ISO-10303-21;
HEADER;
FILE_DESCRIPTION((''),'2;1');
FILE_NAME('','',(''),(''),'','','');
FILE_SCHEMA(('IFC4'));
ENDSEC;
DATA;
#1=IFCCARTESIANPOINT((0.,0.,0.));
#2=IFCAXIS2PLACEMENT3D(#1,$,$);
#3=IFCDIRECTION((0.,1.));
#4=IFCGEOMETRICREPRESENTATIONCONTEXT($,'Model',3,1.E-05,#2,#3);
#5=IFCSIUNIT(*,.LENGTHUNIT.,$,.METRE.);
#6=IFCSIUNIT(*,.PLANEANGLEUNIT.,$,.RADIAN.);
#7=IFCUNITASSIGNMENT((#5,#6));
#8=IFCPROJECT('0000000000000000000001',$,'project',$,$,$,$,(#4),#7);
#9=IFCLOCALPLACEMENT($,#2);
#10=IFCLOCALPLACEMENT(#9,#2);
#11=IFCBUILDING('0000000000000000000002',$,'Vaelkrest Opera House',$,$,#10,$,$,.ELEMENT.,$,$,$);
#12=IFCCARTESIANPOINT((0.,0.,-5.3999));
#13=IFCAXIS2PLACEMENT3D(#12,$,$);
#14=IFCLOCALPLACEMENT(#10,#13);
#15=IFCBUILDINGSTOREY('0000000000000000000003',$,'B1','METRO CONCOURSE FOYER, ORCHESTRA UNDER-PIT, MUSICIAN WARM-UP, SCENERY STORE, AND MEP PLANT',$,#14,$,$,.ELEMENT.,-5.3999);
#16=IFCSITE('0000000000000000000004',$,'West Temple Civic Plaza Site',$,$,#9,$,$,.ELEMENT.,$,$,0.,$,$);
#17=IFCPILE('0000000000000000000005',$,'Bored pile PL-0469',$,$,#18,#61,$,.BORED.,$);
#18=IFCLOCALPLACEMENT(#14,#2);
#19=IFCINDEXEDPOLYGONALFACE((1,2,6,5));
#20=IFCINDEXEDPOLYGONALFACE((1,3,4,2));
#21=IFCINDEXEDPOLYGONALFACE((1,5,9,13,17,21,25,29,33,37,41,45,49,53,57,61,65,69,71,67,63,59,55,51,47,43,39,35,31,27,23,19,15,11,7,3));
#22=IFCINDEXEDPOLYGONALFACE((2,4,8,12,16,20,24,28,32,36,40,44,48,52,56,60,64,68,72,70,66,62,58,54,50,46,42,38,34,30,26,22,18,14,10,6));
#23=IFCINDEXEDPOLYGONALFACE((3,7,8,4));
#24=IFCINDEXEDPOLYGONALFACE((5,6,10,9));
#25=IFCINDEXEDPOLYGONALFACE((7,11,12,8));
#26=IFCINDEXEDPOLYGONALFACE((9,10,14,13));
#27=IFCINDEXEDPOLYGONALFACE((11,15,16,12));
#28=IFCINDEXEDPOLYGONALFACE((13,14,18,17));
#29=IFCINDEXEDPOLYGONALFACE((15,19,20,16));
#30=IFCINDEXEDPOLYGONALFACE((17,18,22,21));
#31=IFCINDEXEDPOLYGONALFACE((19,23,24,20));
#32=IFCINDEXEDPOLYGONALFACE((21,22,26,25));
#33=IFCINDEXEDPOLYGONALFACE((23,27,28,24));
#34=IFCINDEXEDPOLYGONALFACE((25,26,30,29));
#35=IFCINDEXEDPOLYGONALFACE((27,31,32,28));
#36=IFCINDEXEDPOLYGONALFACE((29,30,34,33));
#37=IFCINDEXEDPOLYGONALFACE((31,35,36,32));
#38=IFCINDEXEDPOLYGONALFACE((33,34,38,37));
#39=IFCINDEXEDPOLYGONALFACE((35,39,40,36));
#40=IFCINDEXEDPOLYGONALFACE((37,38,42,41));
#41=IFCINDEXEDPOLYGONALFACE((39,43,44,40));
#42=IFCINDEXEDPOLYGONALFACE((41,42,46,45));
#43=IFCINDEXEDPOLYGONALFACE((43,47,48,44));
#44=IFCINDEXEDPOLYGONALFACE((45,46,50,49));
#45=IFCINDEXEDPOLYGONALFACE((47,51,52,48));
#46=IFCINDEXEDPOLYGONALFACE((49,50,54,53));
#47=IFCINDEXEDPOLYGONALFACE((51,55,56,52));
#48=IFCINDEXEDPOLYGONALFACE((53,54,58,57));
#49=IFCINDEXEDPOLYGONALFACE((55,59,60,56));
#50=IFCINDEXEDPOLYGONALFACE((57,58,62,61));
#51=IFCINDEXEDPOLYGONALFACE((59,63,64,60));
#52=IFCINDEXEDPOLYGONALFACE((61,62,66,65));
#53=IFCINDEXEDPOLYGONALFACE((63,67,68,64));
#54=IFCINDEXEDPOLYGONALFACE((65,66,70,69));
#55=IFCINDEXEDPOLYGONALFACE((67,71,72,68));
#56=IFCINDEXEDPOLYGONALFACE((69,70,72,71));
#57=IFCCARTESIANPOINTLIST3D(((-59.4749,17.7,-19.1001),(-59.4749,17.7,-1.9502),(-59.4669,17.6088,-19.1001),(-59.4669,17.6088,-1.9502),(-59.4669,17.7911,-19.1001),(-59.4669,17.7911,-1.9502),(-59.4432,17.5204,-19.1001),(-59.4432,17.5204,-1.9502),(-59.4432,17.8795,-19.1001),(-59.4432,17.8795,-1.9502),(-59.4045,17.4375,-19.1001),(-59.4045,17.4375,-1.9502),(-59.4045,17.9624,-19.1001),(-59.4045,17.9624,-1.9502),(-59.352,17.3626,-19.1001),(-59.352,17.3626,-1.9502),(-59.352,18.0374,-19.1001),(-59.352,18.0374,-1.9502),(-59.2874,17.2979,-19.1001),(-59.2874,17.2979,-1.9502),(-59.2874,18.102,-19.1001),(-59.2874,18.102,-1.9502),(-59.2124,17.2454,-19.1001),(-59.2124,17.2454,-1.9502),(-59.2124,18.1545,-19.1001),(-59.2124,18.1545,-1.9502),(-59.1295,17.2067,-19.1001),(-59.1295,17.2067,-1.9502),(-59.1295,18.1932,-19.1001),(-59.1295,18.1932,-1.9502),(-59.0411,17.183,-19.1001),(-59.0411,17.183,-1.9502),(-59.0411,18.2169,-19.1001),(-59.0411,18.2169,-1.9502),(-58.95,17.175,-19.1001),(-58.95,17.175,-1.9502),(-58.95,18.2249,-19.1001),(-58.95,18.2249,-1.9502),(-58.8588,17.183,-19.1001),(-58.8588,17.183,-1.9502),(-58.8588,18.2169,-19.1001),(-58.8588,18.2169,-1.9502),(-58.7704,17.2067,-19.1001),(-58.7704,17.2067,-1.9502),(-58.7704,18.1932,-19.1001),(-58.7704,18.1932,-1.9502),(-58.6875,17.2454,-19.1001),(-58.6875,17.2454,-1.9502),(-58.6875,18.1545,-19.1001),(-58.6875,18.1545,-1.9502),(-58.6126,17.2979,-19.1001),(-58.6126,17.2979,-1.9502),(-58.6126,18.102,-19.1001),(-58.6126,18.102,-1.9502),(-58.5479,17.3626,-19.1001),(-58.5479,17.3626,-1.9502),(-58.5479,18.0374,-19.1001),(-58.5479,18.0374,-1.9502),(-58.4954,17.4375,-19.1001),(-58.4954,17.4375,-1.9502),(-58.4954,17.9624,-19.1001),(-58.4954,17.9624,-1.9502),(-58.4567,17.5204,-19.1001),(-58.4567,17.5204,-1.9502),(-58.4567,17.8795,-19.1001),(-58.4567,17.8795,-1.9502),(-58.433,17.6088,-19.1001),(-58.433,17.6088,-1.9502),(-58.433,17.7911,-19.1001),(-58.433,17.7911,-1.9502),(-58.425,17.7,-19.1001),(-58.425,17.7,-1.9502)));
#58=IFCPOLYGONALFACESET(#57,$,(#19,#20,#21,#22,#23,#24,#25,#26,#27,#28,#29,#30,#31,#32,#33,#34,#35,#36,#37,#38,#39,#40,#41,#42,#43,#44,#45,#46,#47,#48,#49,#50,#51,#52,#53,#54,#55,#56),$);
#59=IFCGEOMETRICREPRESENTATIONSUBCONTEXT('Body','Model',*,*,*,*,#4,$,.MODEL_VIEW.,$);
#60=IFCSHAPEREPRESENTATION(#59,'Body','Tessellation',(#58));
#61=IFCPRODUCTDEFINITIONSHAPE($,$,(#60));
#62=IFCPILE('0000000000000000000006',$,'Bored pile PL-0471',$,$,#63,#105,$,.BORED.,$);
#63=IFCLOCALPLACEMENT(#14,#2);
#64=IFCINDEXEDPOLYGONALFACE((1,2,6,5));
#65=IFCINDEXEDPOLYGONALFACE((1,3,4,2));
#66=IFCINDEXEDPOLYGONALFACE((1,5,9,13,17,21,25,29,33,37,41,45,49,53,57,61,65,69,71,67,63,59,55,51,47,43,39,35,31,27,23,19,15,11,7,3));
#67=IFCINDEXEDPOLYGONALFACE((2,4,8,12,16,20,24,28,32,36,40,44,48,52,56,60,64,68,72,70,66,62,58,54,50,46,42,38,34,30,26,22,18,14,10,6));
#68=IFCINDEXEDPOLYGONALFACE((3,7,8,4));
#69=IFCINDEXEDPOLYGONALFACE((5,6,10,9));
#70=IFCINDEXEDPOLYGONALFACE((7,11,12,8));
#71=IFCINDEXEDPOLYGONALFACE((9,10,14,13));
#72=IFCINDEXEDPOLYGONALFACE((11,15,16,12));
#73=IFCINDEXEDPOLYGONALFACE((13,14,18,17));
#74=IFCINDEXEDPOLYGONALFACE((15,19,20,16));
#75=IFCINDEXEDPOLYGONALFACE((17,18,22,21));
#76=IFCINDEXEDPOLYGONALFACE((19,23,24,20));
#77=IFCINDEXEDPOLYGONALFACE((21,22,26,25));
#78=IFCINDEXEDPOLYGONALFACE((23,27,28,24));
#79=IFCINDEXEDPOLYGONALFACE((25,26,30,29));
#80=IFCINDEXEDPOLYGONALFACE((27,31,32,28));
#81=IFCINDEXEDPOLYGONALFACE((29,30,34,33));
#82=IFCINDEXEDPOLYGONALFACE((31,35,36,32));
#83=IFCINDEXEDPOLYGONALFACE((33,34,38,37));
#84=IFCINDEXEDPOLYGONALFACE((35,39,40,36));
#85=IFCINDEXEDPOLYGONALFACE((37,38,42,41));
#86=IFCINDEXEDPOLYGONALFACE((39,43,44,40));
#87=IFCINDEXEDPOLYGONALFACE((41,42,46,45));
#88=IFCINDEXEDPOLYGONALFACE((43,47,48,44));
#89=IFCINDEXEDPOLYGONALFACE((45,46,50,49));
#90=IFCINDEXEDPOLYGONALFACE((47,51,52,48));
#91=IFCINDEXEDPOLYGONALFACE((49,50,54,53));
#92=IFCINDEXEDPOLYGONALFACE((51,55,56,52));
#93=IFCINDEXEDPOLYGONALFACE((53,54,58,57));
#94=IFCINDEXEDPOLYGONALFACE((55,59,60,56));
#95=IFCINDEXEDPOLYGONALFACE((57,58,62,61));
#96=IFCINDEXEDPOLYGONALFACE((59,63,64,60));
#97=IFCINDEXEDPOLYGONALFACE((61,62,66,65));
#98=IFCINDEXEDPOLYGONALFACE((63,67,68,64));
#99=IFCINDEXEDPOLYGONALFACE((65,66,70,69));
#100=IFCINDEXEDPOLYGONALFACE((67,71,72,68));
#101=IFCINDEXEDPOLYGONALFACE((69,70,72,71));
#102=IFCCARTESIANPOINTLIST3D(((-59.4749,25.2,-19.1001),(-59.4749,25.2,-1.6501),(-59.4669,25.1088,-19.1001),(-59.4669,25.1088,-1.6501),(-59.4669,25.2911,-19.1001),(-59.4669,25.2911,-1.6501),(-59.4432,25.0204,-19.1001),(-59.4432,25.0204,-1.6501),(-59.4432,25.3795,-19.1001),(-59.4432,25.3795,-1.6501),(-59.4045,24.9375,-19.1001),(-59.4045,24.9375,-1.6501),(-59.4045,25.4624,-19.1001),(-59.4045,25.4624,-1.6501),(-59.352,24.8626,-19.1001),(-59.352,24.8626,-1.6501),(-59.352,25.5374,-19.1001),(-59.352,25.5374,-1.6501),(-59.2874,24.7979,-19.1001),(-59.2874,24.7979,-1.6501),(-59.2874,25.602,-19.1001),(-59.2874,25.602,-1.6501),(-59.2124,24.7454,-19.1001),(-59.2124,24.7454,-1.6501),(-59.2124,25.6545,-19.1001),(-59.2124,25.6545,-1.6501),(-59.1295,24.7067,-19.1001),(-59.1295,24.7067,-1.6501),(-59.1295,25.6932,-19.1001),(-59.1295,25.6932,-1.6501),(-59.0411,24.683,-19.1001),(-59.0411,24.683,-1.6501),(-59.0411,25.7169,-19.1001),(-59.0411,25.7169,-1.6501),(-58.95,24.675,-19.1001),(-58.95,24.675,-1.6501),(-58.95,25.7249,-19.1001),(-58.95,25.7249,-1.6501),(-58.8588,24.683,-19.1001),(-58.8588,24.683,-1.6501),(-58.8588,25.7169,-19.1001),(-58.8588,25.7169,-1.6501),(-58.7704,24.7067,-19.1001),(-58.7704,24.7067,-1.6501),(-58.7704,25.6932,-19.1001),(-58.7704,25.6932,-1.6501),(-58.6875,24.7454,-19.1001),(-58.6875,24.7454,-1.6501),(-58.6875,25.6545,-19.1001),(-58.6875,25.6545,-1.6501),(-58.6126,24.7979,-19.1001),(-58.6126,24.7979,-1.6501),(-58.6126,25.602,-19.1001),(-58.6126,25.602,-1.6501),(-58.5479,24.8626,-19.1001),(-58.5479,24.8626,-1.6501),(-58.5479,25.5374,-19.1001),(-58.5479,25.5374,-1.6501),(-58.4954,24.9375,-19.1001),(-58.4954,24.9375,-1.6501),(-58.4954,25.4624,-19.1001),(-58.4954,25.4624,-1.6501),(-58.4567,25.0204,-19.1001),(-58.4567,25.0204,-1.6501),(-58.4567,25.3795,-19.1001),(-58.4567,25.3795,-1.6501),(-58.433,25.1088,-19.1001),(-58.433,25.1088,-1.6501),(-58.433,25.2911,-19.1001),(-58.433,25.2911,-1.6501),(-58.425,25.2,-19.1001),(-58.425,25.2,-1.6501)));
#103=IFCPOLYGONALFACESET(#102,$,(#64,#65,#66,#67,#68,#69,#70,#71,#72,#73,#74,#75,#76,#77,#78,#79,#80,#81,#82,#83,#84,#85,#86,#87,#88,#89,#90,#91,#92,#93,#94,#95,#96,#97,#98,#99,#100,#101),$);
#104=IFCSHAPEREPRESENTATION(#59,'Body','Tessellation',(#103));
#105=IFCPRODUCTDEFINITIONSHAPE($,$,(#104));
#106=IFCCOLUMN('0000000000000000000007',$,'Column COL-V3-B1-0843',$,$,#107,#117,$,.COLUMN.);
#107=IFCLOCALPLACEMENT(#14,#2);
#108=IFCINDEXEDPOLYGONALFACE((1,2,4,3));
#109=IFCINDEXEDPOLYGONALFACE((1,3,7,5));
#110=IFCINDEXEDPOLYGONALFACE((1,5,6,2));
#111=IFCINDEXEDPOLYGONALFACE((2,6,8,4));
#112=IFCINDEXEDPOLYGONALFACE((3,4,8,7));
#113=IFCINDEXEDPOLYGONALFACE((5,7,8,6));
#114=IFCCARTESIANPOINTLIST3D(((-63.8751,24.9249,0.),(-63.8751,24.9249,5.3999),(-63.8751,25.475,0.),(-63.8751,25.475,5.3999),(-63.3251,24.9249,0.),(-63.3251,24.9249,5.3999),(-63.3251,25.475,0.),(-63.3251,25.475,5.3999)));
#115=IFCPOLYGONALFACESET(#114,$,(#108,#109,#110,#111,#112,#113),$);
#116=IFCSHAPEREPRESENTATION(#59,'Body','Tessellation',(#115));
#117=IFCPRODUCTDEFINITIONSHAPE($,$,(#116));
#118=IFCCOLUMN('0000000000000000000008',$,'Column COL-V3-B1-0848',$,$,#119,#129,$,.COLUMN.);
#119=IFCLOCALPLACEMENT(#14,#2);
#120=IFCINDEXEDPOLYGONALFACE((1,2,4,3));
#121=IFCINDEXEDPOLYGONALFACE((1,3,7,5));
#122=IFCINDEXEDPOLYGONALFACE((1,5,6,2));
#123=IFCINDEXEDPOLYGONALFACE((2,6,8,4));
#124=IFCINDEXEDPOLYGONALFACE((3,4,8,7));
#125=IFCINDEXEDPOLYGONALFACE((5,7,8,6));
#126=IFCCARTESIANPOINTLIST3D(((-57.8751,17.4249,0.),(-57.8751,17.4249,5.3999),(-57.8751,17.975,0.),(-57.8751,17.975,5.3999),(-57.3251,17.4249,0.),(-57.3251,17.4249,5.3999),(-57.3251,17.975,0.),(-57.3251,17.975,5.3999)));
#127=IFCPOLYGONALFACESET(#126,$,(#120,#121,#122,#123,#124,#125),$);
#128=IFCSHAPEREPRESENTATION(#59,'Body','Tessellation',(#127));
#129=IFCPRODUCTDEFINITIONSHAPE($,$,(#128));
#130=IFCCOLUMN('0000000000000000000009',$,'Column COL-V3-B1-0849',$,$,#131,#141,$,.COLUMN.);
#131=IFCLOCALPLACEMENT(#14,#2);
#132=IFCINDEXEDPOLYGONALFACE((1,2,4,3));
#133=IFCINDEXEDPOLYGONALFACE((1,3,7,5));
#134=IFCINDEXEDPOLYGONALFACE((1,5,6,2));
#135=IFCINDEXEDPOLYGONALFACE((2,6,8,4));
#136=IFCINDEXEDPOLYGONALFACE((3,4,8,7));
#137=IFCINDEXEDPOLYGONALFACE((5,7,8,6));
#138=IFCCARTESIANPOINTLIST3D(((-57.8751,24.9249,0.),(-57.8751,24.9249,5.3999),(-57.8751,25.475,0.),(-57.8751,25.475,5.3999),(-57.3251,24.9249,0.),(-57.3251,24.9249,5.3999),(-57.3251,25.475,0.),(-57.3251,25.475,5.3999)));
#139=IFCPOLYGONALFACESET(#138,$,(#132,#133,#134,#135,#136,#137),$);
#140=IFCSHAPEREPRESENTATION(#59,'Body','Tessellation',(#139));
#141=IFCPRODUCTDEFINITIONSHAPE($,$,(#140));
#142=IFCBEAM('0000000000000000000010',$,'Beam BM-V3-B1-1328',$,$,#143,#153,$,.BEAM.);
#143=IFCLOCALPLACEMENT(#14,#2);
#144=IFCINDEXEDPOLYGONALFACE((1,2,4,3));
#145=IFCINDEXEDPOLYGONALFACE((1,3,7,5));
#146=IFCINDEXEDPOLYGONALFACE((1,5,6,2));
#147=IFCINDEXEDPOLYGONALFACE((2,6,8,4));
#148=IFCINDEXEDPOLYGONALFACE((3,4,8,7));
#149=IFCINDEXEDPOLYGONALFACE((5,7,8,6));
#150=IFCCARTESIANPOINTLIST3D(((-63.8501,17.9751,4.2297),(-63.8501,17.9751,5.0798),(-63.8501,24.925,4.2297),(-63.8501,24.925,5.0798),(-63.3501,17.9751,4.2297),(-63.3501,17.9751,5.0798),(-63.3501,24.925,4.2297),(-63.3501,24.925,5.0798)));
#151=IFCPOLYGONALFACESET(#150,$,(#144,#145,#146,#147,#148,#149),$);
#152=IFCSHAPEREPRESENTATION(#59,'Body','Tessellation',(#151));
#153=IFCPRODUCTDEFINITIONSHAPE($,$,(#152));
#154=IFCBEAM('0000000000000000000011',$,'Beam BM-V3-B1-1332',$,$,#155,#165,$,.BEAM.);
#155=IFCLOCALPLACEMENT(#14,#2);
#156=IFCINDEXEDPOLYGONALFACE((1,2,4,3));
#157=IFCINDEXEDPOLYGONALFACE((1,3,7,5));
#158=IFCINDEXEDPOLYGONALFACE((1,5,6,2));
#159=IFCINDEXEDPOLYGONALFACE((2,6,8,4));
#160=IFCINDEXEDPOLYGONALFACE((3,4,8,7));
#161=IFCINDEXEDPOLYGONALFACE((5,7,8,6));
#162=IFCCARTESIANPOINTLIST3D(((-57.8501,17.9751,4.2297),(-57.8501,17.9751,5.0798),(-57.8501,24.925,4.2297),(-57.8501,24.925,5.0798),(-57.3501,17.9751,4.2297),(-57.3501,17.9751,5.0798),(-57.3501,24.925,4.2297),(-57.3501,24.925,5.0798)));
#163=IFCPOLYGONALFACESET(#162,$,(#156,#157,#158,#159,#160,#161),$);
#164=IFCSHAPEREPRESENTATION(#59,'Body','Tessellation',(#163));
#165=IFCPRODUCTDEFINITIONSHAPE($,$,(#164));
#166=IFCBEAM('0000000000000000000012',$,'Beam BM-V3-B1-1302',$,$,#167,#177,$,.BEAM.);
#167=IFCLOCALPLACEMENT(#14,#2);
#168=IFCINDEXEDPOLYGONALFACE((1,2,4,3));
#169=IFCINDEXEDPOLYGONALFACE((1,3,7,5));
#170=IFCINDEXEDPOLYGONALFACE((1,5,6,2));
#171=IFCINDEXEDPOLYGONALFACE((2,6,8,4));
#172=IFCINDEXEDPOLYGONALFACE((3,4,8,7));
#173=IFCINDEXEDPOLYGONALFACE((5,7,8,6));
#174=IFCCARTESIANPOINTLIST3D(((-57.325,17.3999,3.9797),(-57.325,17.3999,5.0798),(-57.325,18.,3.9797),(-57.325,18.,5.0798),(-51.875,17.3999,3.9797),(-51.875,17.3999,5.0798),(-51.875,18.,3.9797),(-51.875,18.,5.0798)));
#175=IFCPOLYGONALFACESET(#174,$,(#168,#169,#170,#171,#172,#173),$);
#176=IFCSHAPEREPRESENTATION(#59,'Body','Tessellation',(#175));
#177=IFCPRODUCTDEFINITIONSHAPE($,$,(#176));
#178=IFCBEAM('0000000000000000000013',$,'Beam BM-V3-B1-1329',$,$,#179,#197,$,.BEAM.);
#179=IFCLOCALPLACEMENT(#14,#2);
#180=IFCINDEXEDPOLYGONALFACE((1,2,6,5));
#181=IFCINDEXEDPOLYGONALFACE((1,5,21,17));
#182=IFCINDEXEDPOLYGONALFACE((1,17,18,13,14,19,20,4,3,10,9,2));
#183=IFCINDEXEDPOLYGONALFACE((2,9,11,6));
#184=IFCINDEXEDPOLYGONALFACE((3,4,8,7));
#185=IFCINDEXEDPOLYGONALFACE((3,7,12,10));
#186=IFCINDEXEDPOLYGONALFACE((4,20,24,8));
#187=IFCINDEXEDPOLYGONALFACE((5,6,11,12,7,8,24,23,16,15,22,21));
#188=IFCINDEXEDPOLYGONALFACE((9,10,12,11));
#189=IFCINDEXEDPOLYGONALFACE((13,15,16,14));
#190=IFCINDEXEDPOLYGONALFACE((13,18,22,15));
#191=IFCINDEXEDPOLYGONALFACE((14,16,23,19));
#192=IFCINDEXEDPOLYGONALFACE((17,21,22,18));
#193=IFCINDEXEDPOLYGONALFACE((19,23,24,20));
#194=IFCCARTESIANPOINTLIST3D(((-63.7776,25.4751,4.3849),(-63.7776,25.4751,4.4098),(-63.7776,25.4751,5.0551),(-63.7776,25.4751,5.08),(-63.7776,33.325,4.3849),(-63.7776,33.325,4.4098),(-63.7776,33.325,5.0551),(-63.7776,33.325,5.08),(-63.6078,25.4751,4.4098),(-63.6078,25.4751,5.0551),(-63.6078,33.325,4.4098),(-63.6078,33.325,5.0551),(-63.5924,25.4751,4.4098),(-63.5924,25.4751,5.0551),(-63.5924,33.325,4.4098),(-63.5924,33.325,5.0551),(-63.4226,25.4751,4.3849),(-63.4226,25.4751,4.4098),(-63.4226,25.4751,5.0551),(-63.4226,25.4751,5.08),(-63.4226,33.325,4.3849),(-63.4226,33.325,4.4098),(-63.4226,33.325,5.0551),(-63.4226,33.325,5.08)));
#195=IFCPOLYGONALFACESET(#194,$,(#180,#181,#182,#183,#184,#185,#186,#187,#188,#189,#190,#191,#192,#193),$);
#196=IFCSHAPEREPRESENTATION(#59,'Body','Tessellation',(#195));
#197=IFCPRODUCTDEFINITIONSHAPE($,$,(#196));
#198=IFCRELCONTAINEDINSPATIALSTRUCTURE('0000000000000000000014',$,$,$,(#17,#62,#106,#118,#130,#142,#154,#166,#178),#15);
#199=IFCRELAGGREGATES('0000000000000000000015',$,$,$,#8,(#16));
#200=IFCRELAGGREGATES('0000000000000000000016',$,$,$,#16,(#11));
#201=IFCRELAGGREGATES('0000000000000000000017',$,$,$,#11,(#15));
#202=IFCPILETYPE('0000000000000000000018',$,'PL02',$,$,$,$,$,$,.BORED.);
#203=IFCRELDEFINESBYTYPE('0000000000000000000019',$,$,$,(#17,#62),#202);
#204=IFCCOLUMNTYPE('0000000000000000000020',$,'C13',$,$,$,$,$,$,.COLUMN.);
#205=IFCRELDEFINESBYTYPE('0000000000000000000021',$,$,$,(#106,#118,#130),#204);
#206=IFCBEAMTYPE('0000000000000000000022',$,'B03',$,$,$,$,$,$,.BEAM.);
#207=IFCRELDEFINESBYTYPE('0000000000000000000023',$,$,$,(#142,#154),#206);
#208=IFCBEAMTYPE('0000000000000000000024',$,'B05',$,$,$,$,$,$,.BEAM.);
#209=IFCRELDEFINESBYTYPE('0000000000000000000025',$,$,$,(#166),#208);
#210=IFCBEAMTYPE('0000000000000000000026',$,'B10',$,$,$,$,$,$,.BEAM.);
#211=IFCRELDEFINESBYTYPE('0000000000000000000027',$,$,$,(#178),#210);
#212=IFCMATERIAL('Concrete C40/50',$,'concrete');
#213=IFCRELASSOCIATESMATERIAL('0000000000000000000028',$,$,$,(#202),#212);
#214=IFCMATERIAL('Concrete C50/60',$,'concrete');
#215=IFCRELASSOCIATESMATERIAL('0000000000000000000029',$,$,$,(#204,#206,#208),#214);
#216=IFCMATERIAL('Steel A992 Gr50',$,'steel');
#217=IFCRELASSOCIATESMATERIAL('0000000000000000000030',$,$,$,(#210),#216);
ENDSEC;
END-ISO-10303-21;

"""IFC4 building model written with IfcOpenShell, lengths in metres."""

from ifc_helpers import new_model, si_unit, direction, frame, origin, origin_2d, place, context, subcontext, project, spatial, rectangle, circle, i_section, extrude, material, material_profile, profile_set, type_object, element, save


model = new_model("IFC4")

# Units and contexts
model_context = context("Model", 3, precision=1e-05, world=origin(), true_north=direction((0.0, 1.0)))
body_context = subcontext(model_context, "Body", "Model", "MODEL_VIEW")
ifc_project = project(units=[si_unit("LENGTHUNIT", "METRE"), si_unit("PLANEANGLEUNIT", "RADIAN")], contexts=[model_context])

# Site, building, storey
site_placement = place(None, origin())
site = spatial("IfcSite", under=ifc_project, at=site_placement, Name="West Temple Civic Plaza Site", CompositionType="ELEMENT", RefElevation=0.0)
building_placement = place(site_placement, origin())
building = spatial("IfcBuilding", under=site, at=building_placement, Name="Vaelkrest Opera House", CompositionType="ELEMENT")
storey_placement = place(building_placement, frame((0.0, 0.0, -5.3999)))
storey = spatial("IfcBuildingStorey", under=building, at=storey_placement, Name="B1", Description="METRO CONCOURSE FOYER, ORCHESTRA UNDER-PIT, MUSICIAN WARM-UP, SCENERY STORE, AND MEP PLANT", CompositionType="ELEMENT", Elevation=-5.3999)

# Shared definitions
ifc_material_1 = material(Name="Concrete C40/50", Category="concrete")

# Piles
ifc_material_profile_1 = material_profile(ifc_material_1, circle(Radius=0.5249, at=origin_2d()), Name="PILE1050")
ifc_profile_set_1 = profile_set([ifc_material_profile_1], Name="Concrete C40/50")
pile_type = type_object("IfcPileType", Name="PL02", PredefinedType="BORED", material=ifc_profile_set_1)
pile_1_placement = place(storey_placement, frame((-58.95, 17.7, -1.9502), z_axis=(0.0, 0.0, -1.0), x_axis=(1.0, 0.0, 0.0)))
element("IfcPile", 1, at=pile_1_placement, inside=storey, type_object=pile_type, Name="Bored pile PL-0469", PredefinedType="BORED", context=body_context, shape_type="SweptSolid", body=[
    extrude(circle(Radius=0.5249, at=origin_2d()), origin(), (0.0, 0.0, 1.0), 17.1499),
])
pile_2_placement = place(storey_placement, frame((-58.95, 25.2, -1.6501), z_axis=(0.0, 0.0, -1.0), x_axis=(1.0, 0.0, 0.0)))
element("IfcPile", 2, at=pile_2_placement, inside=storey, type_object=pile_type, Name="Bored pile PL-0471", PredefinedType="BORED", context=body_context, shape_type="SweptSolid", body=[
    extrude(circle(Radius=0.5249, at=origin_2d()), origin(), (0.0, 0.0, 1.0), 17.45),
])

# Columns
ifc_material_2 = material(Name="Concrete C50/60", Category="concrete")
ifc_material_profile_2 = material_profile(ifc_material_2, rectangle(XDim=0.55, YDim=0.55, at=origin_2d()), Name="RC550X550")
ifc_profile_set_2 = profile_set([ifc_material_profile_2], Name="Concrete C50/60")
column_type = type_object("IfcColumnType", Name="C13", PredefinedType="COLUMN", material=ifc_profile_set_2)
for number, where, z_axis, x_axis, name in (
    (3, (-63.6001, 25.2, 0.0), (0.0, 0.0, 1.0), (1.0, 0.0, 0.0), "Column COL-V3-B1-0843"),
    (4, (-57.6001, 17.7, 0.0), (0.0, 0.0, 1.0), (1.0, 0.0, 0.0), "Column COL-V3-B1-0848"),
    (5, (-57.6001, 25.2, 0.0), (0.0, 0.0, 1.0), (1.0, 0.0, 0.0), "Column COL-V3-B1-0849"),
):
    element("IfcColumn", number, at=place(storey_placement, frame(where, z_axis=z_axis, x_axis=x_axis)), inside=storey, type_object=column_type, Name=name, PredefinedType="COLUMN", context=body_context, shape_type="SweptSolid", body=[
        extrude(rectangle(XDim=0.55, YDim=0.55, at=origin_2d()), origin(), (0.0, 0.0, 1.0), 5.3999),
    ])

# Beams
ifc_material_profile_3 = material_profile(ifc_material_2, rectangle(XDim=0.5, YDim=0.8501, at=origin_2d()), Name="RCB500X850")
ifc_profile_set_3 = profile_set([ifc_material_profile_3], Name="Concrete C50/60")
beam_type_1 = type_object("IfcBeamType", Name="B03", PredefinedType="BEAM", material=ifc_profile_set_3)
for number, where, z_axis, x_axis, name in (
    (6, (-63.6001, 17.9751, 4.6548), (0.0, 1.0, 0.0), (-1.0, 0.0, 0.0), "Beam BM-V3-B1-1328"),
    (7, (-57.6001, 17.9751, 4.6548), (0.0, 1.0, 0.0), (-1.0, 0.0, 0.0), "Beam BM-V3-B1-1332"),
):
    element("IfcBeam", number, at=place(storey_placement, frame(where, z_axis=z_axis, x_axis=x_axis)), inside=storey, type_object=beam_type_1, Name=name, PredefinedType="BEAM", context=body_context, shape_type="SweptSolid", body=[
        extrude(rectangle(XDim=0.5, YDim=0.8501, at=origin_2d()), origin(), (0.0, 0.0, 1.0), 6.95),
    ])
ifc_material_profile_4 = material_profile(ifc_material_2, rectangle(XDim=0.6001, YDim=1.1001, at=origin_2d()), Name="RCB600X1100")
ifc_profile_set_4 = profile_set([ifc_material_profile_4], Name="Concrete C50/60")
beam_type_2 = type_object("IfcBeamType", Name="B05", PredefinedType="BEAM", material=ifc_profile_set_4)
beam_1_placement = place(storey_placement, frame((-57.325, 17.7, 4.5298), z_axis=(1.0, 0.0, 0.0), x_axis=(0.0, 1.0, 0.0)))
element("IfcBeam", 8, at=beam_1_placement, inside=storey, type_object=beam_type_2, Name="Beam BM-V3-B1-1302", PredefinedType="BEAM", context=body_context, shape_type="SweptSolid", body=[
    extrude(rectangle(XDim=0.6001, YDim=1.1001, at=origin_2d()), origin(), (0.0, 0.0, 1.0), 5.45),
])
ifc_material_3 = material(Name="Steel A992 Gr50", Category="steel")
ifc_material_profile_5 = material_profile(ifc_material_3, i_section(OverallWidth=0.355, OverallDepth=0.6951, WebThickness=0.0154, FlangeThickness=0.0249, at=origin_2d()), Name="W27X146")
ifc_profile_set_5 = profile_set([ifc_material_profile_5], Name="Steel A992 Gr50")
beam_type_3 = type_object("IfcBeamType", Name="B10", PredefinedType="BEAM", material=ifc_profile_set_5)
for number, where, z_axis, x_axis, name in (
    (9, (-63.6001, 25.4751, 4.7324), (0.0, 1.0, 0.0), (-1.0, 0.0, 0.0), "Beam BM-V3-B1-1329"),
):
    element("IfcBeam", number, at=place(storey_placement, frame(where, z_axis=z_axis, x_axis=x_axis)), inside=storey, type_object=beam_type_3, Name=name, PredefinedType="BEAM", context=body_context, shape_type="SweptSolid", body=[
        extrude(i_section(OverallWidth=0.355, OverallDepth=0.6951, WebThickness=0.0154, FlangeThickness=0.0249, at=origin_2d()), origin(), (0.0, 0.0, 1.0), 7.8499),
    ])

save(model, "model.ifc")
